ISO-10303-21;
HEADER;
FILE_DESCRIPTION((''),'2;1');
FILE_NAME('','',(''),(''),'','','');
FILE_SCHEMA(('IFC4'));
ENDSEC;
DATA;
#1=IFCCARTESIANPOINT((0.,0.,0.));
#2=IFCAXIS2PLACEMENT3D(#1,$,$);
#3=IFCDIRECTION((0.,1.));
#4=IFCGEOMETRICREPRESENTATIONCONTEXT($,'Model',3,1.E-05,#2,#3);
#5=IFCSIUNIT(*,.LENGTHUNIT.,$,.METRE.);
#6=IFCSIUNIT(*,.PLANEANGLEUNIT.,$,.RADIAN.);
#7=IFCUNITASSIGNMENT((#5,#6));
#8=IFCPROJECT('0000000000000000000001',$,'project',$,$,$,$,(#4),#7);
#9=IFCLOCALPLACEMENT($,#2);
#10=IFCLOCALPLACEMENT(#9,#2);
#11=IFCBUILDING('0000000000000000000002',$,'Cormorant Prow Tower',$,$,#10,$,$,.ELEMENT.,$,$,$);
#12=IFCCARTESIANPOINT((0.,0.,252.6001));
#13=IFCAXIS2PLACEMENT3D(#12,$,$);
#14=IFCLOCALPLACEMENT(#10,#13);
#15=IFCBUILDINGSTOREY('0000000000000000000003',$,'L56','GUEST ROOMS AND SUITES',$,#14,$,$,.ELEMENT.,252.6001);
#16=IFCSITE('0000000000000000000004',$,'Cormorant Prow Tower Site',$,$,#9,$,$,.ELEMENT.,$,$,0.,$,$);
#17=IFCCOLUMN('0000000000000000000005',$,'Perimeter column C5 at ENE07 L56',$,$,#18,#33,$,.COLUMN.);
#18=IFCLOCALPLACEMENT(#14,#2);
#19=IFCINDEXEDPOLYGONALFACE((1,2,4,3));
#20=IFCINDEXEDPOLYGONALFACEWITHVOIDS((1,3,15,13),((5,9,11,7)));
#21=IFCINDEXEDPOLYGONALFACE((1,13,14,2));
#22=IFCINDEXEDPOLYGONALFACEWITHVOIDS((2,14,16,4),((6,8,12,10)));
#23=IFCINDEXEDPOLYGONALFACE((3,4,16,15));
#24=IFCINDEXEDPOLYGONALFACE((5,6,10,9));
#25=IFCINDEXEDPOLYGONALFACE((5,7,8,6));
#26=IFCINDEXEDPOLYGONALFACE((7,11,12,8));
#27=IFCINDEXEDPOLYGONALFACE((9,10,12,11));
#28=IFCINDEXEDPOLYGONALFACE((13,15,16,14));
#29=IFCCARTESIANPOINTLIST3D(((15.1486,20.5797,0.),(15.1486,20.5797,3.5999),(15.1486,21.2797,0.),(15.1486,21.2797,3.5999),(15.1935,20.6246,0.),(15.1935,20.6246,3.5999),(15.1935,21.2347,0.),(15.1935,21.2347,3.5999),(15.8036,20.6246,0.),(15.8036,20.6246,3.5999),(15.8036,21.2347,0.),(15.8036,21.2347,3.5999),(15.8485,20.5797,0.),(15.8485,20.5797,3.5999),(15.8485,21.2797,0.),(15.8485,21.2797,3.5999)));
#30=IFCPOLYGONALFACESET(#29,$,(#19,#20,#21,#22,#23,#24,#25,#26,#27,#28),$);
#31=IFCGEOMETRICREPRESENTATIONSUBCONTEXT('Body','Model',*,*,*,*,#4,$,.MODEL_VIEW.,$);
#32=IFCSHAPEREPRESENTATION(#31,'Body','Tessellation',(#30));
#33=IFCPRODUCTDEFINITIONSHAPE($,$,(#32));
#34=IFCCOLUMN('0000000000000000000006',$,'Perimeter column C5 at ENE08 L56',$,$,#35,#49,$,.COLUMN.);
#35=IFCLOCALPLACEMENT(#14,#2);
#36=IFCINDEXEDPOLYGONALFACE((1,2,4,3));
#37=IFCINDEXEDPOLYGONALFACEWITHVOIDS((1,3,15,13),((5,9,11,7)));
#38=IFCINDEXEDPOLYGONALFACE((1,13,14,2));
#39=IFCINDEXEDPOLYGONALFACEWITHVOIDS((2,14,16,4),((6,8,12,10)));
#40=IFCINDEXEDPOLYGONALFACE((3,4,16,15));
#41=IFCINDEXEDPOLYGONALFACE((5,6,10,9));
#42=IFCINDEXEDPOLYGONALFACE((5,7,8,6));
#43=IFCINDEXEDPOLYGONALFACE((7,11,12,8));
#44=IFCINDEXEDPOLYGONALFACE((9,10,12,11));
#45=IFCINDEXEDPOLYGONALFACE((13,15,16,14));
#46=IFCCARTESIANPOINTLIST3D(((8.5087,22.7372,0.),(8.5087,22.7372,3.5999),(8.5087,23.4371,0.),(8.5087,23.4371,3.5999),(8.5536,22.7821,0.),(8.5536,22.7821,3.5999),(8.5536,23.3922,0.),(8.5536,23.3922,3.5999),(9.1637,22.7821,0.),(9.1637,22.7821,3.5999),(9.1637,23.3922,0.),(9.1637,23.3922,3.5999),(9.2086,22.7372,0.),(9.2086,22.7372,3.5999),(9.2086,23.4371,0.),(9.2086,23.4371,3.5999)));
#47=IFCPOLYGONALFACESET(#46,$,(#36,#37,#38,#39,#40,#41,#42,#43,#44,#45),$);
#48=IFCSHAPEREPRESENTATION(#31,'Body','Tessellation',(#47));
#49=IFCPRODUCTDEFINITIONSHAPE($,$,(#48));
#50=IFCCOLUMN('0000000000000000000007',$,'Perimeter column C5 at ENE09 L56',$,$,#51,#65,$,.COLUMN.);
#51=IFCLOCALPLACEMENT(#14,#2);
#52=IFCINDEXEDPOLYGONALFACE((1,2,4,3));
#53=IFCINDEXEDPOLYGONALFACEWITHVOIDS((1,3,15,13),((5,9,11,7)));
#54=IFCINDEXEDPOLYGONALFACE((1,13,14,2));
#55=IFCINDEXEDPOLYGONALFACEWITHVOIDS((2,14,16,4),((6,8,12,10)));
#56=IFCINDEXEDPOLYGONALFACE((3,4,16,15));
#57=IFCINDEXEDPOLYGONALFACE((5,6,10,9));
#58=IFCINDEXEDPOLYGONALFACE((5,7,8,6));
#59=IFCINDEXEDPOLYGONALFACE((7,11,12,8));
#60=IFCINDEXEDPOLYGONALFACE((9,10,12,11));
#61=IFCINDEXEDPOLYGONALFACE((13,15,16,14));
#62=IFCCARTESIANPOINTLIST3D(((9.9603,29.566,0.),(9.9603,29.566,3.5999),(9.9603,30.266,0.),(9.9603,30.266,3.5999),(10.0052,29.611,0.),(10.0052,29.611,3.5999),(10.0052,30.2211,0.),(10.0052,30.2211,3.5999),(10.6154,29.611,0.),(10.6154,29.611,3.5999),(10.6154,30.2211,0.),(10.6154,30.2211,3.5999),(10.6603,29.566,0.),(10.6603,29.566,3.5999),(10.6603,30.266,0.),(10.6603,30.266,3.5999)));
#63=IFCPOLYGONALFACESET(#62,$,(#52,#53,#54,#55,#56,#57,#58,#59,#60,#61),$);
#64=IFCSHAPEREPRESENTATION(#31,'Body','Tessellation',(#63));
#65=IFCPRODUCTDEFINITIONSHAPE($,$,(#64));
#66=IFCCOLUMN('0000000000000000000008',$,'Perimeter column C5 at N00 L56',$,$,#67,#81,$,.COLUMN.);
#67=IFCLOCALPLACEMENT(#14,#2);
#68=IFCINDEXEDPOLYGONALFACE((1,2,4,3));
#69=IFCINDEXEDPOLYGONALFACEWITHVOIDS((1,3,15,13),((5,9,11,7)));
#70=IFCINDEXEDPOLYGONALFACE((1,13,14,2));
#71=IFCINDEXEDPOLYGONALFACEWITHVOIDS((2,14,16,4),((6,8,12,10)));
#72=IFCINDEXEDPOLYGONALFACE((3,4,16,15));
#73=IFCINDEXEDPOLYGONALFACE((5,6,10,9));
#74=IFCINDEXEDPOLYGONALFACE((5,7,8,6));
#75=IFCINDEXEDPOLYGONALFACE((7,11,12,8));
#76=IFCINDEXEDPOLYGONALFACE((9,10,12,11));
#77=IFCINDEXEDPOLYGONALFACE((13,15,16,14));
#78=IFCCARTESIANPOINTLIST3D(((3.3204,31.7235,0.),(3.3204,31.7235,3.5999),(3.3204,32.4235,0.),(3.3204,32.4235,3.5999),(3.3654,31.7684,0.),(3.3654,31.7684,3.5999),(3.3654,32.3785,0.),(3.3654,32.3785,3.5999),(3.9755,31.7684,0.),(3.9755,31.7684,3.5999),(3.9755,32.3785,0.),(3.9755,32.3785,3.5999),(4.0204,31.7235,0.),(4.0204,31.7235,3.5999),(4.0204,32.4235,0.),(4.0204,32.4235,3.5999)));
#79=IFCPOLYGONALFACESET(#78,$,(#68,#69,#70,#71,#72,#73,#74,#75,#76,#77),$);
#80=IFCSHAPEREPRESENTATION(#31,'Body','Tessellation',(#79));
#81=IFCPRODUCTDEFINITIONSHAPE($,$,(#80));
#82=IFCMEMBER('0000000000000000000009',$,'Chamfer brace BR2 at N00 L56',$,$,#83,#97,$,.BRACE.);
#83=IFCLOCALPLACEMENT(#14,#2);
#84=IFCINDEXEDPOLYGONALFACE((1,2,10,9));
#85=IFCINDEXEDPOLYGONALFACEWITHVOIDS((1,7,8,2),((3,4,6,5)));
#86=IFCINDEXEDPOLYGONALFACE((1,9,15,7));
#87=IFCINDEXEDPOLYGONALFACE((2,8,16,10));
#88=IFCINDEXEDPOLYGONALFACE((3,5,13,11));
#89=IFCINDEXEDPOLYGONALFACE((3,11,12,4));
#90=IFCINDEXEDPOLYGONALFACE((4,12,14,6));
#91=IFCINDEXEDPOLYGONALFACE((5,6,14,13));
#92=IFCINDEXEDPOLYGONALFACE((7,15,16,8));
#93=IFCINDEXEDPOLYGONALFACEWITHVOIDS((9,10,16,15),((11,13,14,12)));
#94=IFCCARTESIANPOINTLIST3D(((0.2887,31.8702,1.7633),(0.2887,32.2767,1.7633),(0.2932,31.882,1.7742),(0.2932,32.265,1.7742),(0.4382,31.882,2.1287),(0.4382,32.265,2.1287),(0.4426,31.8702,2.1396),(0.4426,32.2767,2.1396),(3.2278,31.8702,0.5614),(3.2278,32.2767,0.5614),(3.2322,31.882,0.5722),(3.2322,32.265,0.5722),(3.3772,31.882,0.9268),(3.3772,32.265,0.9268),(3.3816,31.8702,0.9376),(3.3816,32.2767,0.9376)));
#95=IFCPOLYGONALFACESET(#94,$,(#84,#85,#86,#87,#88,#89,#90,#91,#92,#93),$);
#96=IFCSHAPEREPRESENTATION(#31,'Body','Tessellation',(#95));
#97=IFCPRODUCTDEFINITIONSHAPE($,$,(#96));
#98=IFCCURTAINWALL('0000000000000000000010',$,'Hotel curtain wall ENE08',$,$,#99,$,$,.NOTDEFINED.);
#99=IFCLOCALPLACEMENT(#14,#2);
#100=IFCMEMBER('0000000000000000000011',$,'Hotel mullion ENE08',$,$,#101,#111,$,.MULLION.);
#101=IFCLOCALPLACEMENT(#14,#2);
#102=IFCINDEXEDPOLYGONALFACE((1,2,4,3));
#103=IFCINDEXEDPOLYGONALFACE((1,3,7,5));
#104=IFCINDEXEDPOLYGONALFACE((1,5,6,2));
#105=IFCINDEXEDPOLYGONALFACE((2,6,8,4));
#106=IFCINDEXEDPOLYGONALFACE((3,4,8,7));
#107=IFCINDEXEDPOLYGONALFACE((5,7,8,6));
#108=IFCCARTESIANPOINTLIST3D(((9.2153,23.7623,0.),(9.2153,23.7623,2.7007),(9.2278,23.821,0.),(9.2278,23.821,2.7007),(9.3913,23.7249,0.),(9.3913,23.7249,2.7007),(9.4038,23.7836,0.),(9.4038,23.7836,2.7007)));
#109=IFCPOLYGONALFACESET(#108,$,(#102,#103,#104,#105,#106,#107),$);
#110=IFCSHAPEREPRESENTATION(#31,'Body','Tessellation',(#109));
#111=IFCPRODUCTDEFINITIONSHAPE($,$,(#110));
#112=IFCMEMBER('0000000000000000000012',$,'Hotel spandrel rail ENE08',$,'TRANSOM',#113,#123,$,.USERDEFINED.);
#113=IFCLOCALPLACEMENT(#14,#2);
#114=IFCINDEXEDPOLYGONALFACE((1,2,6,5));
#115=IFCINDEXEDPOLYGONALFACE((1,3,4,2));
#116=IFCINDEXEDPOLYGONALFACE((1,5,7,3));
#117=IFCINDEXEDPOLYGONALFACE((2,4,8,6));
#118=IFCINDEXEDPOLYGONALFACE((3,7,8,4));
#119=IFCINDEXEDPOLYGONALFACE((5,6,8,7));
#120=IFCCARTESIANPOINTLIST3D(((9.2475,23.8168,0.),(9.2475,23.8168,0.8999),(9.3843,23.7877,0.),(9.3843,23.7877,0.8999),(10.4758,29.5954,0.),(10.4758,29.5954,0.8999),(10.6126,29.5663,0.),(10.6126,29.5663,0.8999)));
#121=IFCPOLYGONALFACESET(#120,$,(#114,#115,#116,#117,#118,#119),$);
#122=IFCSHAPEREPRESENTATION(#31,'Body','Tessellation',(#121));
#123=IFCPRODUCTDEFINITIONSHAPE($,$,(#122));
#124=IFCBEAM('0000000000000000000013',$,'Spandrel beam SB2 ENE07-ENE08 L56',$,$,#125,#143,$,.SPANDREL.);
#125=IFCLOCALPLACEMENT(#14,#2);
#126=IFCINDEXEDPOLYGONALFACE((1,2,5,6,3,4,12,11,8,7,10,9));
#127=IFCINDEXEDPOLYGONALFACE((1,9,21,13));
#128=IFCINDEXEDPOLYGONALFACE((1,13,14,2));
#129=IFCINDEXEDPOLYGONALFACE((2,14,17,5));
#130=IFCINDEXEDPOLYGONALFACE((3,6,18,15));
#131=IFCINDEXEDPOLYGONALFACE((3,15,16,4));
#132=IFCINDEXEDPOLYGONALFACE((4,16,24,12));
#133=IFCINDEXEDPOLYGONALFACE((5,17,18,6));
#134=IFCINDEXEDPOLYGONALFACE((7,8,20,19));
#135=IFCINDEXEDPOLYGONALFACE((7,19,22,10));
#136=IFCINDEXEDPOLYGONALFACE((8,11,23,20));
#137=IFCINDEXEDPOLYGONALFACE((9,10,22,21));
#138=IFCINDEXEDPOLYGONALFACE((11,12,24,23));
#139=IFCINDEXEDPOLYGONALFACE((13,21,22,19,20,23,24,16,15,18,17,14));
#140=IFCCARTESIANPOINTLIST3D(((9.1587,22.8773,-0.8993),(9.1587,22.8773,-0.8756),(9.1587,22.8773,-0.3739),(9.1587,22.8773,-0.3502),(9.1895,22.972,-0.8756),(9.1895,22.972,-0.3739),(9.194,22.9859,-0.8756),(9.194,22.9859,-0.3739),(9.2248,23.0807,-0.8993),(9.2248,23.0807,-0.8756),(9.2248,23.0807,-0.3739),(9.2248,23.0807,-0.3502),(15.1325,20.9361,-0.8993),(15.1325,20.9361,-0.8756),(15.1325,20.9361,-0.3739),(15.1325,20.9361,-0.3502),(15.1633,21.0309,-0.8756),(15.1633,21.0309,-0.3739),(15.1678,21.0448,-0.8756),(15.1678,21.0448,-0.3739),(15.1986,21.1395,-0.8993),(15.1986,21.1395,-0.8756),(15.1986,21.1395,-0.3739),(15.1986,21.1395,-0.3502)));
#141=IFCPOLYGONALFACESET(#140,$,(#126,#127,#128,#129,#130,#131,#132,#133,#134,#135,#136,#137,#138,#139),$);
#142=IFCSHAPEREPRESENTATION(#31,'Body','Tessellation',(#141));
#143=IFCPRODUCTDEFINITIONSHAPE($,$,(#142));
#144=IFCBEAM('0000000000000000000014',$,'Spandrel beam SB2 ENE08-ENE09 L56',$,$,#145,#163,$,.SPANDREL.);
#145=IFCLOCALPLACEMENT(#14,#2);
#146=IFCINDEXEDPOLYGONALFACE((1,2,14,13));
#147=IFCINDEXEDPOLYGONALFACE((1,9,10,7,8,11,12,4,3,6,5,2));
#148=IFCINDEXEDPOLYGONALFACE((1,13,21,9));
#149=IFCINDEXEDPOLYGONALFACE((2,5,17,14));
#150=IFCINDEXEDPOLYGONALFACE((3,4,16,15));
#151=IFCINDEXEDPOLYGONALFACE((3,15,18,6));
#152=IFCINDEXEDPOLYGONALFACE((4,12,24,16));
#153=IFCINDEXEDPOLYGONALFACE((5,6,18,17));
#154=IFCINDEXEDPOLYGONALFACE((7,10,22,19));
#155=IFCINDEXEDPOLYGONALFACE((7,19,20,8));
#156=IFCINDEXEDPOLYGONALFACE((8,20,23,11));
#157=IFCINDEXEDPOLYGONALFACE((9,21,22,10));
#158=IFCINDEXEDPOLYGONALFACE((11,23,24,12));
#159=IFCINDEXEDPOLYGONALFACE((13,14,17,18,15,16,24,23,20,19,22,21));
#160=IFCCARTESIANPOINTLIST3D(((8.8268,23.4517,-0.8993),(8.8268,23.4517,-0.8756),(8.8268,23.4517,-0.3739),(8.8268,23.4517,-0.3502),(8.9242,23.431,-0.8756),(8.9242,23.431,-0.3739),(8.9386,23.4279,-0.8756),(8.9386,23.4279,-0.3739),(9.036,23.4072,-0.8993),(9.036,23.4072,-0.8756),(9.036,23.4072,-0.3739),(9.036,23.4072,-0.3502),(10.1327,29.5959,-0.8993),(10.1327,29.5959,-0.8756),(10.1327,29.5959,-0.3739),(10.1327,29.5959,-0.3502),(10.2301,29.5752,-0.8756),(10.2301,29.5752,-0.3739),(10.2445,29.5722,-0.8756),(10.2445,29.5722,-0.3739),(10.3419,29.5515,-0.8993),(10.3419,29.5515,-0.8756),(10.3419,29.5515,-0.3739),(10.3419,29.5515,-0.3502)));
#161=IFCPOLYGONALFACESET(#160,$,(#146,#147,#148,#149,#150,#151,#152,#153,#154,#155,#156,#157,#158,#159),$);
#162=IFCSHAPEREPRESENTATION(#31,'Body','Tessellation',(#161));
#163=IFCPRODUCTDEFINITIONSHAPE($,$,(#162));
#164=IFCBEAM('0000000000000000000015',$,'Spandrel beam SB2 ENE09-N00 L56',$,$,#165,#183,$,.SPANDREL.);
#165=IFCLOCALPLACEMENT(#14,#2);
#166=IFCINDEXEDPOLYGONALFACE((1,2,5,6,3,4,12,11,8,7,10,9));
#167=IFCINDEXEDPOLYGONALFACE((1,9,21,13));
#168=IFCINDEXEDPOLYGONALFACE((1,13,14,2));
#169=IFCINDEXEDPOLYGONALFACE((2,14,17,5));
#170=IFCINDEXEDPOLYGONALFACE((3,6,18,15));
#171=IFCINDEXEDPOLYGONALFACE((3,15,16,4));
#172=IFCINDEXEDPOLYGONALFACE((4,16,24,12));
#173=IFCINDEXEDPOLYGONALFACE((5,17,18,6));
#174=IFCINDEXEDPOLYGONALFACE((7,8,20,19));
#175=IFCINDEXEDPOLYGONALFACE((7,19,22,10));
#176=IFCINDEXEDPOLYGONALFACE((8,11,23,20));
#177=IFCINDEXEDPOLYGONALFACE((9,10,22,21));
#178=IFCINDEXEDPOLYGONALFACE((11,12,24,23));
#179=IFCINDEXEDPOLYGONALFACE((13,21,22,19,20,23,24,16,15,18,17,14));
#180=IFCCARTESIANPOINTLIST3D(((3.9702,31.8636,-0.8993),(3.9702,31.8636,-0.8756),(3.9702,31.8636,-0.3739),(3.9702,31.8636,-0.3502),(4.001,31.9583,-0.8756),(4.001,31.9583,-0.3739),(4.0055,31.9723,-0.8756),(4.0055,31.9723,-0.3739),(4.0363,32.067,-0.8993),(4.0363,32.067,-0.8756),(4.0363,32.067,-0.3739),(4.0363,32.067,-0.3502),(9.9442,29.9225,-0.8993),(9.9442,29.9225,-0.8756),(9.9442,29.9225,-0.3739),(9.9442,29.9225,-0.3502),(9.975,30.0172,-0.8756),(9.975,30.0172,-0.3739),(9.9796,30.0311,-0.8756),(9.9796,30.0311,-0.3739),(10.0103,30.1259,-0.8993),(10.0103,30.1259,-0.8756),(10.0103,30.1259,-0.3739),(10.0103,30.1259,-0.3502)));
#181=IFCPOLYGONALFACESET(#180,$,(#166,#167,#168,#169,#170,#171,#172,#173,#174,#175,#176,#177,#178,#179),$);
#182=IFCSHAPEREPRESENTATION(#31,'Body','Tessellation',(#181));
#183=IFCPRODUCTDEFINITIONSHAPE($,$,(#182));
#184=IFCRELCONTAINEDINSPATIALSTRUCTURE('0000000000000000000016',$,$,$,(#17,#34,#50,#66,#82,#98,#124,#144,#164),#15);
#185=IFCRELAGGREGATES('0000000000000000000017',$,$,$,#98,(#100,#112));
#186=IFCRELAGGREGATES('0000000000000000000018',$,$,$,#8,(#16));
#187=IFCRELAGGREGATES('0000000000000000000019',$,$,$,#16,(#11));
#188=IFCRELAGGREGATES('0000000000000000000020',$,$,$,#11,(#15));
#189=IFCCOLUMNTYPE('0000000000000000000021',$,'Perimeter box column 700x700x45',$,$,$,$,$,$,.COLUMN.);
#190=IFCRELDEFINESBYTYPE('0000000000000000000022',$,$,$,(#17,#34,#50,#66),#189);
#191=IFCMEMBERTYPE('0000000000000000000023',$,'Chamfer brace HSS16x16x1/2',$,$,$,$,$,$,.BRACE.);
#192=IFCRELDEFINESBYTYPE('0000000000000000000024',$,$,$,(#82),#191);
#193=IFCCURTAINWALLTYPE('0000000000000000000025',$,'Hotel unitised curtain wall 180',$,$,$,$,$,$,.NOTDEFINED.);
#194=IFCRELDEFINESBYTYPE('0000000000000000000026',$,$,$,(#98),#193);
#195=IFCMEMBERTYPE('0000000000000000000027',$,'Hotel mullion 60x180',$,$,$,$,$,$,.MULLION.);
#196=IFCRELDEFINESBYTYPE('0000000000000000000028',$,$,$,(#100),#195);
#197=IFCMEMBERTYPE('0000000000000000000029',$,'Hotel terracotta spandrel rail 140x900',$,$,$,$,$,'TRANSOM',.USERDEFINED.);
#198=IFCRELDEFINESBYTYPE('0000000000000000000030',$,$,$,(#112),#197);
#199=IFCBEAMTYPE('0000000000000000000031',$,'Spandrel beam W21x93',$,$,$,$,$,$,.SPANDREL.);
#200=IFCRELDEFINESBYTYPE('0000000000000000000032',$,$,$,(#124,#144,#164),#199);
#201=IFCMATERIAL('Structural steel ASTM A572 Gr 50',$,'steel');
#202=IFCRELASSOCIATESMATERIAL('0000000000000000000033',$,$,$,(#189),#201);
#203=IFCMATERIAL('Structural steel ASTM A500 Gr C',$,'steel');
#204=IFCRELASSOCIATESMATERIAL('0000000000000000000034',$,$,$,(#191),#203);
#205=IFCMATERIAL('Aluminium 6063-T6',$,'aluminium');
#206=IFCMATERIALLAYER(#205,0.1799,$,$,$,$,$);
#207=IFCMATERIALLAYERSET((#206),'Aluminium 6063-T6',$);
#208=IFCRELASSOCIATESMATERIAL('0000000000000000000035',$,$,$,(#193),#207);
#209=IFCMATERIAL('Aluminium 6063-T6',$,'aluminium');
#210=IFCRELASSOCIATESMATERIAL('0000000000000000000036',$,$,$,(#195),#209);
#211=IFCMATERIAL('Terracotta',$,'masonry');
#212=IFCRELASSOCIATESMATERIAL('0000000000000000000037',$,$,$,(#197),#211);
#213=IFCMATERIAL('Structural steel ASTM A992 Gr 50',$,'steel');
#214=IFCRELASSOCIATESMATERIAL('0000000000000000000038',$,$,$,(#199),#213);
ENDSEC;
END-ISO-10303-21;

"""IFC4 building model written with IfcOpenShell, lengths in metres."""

from ifc_helpers import new_model, si_unit, direction, frame, origin, origin_2d, place, context, subcontext, project, spatial, rectangle, hollow_rectangle, i_section, extrude, material, layer, layer_set, material_profile, profile_set, type_object, element, aggregate, save


model = new_model("IFC4")

# Units and contexts
model_context = context("Model", 3, precision=1e-05, world=origin(), true_north=direction((0.0, 1.0)))
body_context = subcontext(model_context, "Body", "Model", "MODEL_VIEW")
ifc_project = project(units=[si_unit("LENGTHUNIT", "METRE"), si_unit("PLANEANGLEUNIT", "RADIAN")], contexts=[model_context])

# Site, building, storey
site_placement = place(None, origin())
site = spatial("IfcSite", under=ifc_project, at=site_placement, Name="Cormorant Prow Tower Site", CompositionType="ELEMENT", RefElevation=0.0)
building_placement = place(site_placement, origin())
building = spatial("IfcBuilding", under=site, at=building_placement, Name="Cormorant Prow Tower", CompositionType="ELEMENT")
storey_placement = place(building_placement, frame((0.0, 0.0, 252.6001)))
storey = spatial("IfcBuildingStorey", under=building, at=storey_placement, Name="L56", Description="GUEST ROOMS AND SUITES", CompositionType="ELEMENT", Elevation=252.6001)

# Columns
ifc_material_1 = material(Name="Structural steel ASTM A572 Gr 50", Category="steel")
ifc_material_profile_1 = material_profile(ifc_material_1, hollow_rectangle(XDim=0.7, YDim=0.7, WallThickness=0.0449, at=origin_2d()), Name="Box 700x700x45")
ifc_profile_set_1 = profile_set([ifc_material_profile_1], Name="Structural steel ASTM A572 Gr 50")
column_type = type_object("IfcColumnType", Name="Perimeter box column 700x700x45", PredefinedType="COLUMN", material=ifc_profile_set_1)
for number, where, z_axis, x_axis, name in (
    (1, (15.4985, 20.9297, 0.0), (0.0, 0.0, 1.0), (1.0, 0.0, 0.0), "Perimeter column C5 at ENE07 L56"),
    (2, (8.8586, 23.0872, 0.0), (0.0, 0.0, 1.0), (1.0, 0.0, 0.0), "Perimeter column C5 at ENE08 L56"),
    (3, (10.3103, 29.916, 0.0), (0.0, 0.0, 1.0), (1.0, 0.0, 0.0), "Perimeter column C5 at ENE09 L56"),
    (4, (3.6704, 32.0735, 0.0), (0.0, 0.0, 1.0), (1.0, 0.0, 0.0), "Perimeter column C5 at N00 L56"),
):
    element("IfcColumn", number, at=place(storey_placement, frame(where, z_axis=z_axis, x_axis=x_axis)), inside=storey, type_object=column_type, Name=name, PredefinedType="COLUMN", context=body_context, shape_type="SweptSolid", body=[
        extrude(hollow_rectangle(XDim=0.7, YDim=0.7, WallThickness=0.0449, at=origin_2d()), origin(), (0.0, 0.0, 1.0), 3.5999),
    ])

# Member
ifc_material_2 = material(Name="Structural steel ASTM A500 Gr C", Category="steel")
ifc_material_profile_2 = material_profile(ifc_material_2, hollow_rectangle(XDim=0.4065, YDim=0.4065, WallThickness=0.0117, at=origin_2d()), Name="HSS16x16x1/2")
ifc_profile_set_2 = profile_set([ifc_material_profile_2], Name="Structural steel ASTM A500 Gr C")
member_type_1 = type_object("IfcMemberType", Name="Chamfer brace HSS16x16x1/2", PredefinedType="BRACE", material=ifc_profile_set_2)
member_1_placement = place(storey_placement, frame((3.3047, 32.0735, 0.7495), z_axis=(-0.925591, 0.0, 0.378525), x_axis=(0.0, -1.0, 0.0)))
element("IfcMember", 5, at=member_1_placement, inside=storey, type_object=member_type_1, Name="Chamfer brace BR2 at N00 L56", PredefinedType="BRACE", context=body_context, shape_type="SweptSolid", body=[
    extrude(hollow_rectangle(XDim=0.4065, YDim=0.4065, WallThickness=0.0117, at=origin_2d()), origin(), (0.0, 0.0, 1.0), 3.1753),
])

# Curtain wall, members
ifc_material_3 = material(Name="Aluminium 6063-T6", Category="aluminium")
ifc_layer_1 = layer(ifc_material_3, 0.1799)
ifc_layer_set_1 = layer_set([ifc_layer_1], Name="Aluminium 6063-T6")
curtain_wall_type = type_object("IfcCurtainWallType", Name="Hotel unitised curtain wall 180", PredefinedType="NOTDEFINED", material=ifc_layer_set_1)
curtain_wall_placement = place(storey_placement, origin())
curtain_wall = element("IfcCurtainWall", 6, at=curtain_wall_placement, inside=storey, type_object=curtain_wall_type, Name="Hotel curtain wall ENE08", PredefinedType="NOTDEFINED")
ifc_material_4 = material(Name="Aluminium 6063-T6", Category="aluminium")
ifc_material_profile_3 = material_profile(ifc_material_4, rectangle(XDim=0.1799, YDim=0.0601, at=origin_2d()), Name="Hotel mullion 60x180")
ifc_profile_set_3 = profile_set([ifc_material_profile_3], Name="Aluminium 6063-T6")
member_type_2 = type_object("IfcMemberType", Name="Hotel mullion 60x180", PredefinedType="MULLION", material=ifc_profile_set_3)
member_2_placement = place(storey_placement, frame((9.3096, 23.7729, 0.0), z_axis=(0.0, 0.0, 1.0), x_axis=(-0.978148, 0.207912, 0.0)))
member_2 = element("IfcMember", 7, at=member_2_placement, type_object=member_type_2, Name="Hotel mullion ENE08", PredefinedType="MULLION", context=body_context, shape_type="SweptSolid", body=[
    extrude(rectangle(XDim=0.1799, YDim=0.0601, at=origin_2d()), origin(), (0.0, 0.0, 1.0), 2.7007),
])
ifc_material_5 = material(Name="Terracotta", Category="masonry")
ifc_material_profile_4 = material_profile(ifc_material_5, rectangle(XDim=0.1399, YDim=0.8999, at=origin_2d()), Name="Hotel terracotta spandrel rail 140x900")
ifc_profile_set_4 = profile_set([ifc_material_profile_4], Name="Terracotta")
member_type_3 = type_object("IfcMemberType", Name="Hotel terracotta spandrel rail 140x900", ElementType="TRANSOM", PredefinedType="USERDEFINED", material=ifc_profile_set_4)
member_3_placement = place(storey_placement, frame((9.3159, 23.8022, 0.45), z_axis=(0.207912, 0.978148, 0.0), x_axis=(-0.978148, 0.207912, 0.0)))
member_3 = element("IfcMember", 8, at=member_3_placement, type_object=member_type_3, Name="Hotel spandrel rail ENE08", ObjectType="TRANSOM", PredefinedType="USERDEFINED", context=body_context, shape_type="SweptSolid", body=[
    extrude(rectangle(XDim=0.1399, YDim=0.8999, at=origin_2d()), origin(), (0.0, 0.0, 1.0), 5.9077),
])

# Beams
ifc_material_6 = material(Name="Structural steel ASTM A992 Gr 50", Category="steel")
ifc_material_profile_5 = material_profile(ifc_material_6, i_section(OverallWidth=0.2139, OverallDepth=0.5491, WebThickness=0.0146, FlangeThickness=0.0237, at=origin_2d()), Name="W21x93")
ifc_profile_set_5 = profile_set([ifc_material_profile_5], Name="Structural steel ASTM A992 Gr 50")
beam_type = type_object("IfcBeamType", Name="Spandrel beam W21x93", PredefinedType="SPANDREL", material=ifc_profile_set_5)
beam_1_placement = place(storey_placement, frame((15.1655, 21.0378, -0.6248), z_axis=(-0.95105, 0.309036, 0.0), x_axis=(-0.309036, -0.95105, 0.0)))
element("IfcBeam", 9, at=beam_1_placement, inside=storey, type_object=beam_type, Name="Spandrel beam SB2 ENE07-ENE08 L56", PredefinedType="SPANDREL", context=body_context, shape_type="SweptSolid", body=[
    extrude(i_section(OverallWidth=0.2139, OverallDepth=0.5491, WebThickness=0.0146, FlangeThickness=0.0237, at=origin_2d()), origin(), (0.0, 0.0, 1.0), 6.2812),
])
for number, where, z_axis, x_axis, name in (
    (10, (8.9314, 23.4294, -0.6248), (0.207896, 0.978151, 0.0), (-0.978151, 0.207896, 0.0), "Spandrel beam SB2 ENE08-ENE09 L56"),
    (11, (9.9773, 30.0242, -0.6248), (-0.951054, 0.309025, 0.0), (-0.309025, -0.951054, 0.0), "Spandrel beam SB2 ENE09-N00 L56"),
):
    element("IfcBeam", number, at=place(storey_placement, frame(where, z_axis=z_axis, x_axis=x_axis)), inside=storey, type_object=beam_type, Name=name, PredefinedType="SPANDREL", context=body_context, shape_type="SweptSolid", body=[
        extrude(i_section(OverallWidth=0.2139, OverallDepth=0.5491, WebThickness=0.0146, FlangeThickness=0.0237, at=origin_2d()), origin(), (0.0, 0.0, 1.0), 6.2815),
    ])

aggregate(curtain_wall, [member_2, member_3])

save(model, "model.ifc")
